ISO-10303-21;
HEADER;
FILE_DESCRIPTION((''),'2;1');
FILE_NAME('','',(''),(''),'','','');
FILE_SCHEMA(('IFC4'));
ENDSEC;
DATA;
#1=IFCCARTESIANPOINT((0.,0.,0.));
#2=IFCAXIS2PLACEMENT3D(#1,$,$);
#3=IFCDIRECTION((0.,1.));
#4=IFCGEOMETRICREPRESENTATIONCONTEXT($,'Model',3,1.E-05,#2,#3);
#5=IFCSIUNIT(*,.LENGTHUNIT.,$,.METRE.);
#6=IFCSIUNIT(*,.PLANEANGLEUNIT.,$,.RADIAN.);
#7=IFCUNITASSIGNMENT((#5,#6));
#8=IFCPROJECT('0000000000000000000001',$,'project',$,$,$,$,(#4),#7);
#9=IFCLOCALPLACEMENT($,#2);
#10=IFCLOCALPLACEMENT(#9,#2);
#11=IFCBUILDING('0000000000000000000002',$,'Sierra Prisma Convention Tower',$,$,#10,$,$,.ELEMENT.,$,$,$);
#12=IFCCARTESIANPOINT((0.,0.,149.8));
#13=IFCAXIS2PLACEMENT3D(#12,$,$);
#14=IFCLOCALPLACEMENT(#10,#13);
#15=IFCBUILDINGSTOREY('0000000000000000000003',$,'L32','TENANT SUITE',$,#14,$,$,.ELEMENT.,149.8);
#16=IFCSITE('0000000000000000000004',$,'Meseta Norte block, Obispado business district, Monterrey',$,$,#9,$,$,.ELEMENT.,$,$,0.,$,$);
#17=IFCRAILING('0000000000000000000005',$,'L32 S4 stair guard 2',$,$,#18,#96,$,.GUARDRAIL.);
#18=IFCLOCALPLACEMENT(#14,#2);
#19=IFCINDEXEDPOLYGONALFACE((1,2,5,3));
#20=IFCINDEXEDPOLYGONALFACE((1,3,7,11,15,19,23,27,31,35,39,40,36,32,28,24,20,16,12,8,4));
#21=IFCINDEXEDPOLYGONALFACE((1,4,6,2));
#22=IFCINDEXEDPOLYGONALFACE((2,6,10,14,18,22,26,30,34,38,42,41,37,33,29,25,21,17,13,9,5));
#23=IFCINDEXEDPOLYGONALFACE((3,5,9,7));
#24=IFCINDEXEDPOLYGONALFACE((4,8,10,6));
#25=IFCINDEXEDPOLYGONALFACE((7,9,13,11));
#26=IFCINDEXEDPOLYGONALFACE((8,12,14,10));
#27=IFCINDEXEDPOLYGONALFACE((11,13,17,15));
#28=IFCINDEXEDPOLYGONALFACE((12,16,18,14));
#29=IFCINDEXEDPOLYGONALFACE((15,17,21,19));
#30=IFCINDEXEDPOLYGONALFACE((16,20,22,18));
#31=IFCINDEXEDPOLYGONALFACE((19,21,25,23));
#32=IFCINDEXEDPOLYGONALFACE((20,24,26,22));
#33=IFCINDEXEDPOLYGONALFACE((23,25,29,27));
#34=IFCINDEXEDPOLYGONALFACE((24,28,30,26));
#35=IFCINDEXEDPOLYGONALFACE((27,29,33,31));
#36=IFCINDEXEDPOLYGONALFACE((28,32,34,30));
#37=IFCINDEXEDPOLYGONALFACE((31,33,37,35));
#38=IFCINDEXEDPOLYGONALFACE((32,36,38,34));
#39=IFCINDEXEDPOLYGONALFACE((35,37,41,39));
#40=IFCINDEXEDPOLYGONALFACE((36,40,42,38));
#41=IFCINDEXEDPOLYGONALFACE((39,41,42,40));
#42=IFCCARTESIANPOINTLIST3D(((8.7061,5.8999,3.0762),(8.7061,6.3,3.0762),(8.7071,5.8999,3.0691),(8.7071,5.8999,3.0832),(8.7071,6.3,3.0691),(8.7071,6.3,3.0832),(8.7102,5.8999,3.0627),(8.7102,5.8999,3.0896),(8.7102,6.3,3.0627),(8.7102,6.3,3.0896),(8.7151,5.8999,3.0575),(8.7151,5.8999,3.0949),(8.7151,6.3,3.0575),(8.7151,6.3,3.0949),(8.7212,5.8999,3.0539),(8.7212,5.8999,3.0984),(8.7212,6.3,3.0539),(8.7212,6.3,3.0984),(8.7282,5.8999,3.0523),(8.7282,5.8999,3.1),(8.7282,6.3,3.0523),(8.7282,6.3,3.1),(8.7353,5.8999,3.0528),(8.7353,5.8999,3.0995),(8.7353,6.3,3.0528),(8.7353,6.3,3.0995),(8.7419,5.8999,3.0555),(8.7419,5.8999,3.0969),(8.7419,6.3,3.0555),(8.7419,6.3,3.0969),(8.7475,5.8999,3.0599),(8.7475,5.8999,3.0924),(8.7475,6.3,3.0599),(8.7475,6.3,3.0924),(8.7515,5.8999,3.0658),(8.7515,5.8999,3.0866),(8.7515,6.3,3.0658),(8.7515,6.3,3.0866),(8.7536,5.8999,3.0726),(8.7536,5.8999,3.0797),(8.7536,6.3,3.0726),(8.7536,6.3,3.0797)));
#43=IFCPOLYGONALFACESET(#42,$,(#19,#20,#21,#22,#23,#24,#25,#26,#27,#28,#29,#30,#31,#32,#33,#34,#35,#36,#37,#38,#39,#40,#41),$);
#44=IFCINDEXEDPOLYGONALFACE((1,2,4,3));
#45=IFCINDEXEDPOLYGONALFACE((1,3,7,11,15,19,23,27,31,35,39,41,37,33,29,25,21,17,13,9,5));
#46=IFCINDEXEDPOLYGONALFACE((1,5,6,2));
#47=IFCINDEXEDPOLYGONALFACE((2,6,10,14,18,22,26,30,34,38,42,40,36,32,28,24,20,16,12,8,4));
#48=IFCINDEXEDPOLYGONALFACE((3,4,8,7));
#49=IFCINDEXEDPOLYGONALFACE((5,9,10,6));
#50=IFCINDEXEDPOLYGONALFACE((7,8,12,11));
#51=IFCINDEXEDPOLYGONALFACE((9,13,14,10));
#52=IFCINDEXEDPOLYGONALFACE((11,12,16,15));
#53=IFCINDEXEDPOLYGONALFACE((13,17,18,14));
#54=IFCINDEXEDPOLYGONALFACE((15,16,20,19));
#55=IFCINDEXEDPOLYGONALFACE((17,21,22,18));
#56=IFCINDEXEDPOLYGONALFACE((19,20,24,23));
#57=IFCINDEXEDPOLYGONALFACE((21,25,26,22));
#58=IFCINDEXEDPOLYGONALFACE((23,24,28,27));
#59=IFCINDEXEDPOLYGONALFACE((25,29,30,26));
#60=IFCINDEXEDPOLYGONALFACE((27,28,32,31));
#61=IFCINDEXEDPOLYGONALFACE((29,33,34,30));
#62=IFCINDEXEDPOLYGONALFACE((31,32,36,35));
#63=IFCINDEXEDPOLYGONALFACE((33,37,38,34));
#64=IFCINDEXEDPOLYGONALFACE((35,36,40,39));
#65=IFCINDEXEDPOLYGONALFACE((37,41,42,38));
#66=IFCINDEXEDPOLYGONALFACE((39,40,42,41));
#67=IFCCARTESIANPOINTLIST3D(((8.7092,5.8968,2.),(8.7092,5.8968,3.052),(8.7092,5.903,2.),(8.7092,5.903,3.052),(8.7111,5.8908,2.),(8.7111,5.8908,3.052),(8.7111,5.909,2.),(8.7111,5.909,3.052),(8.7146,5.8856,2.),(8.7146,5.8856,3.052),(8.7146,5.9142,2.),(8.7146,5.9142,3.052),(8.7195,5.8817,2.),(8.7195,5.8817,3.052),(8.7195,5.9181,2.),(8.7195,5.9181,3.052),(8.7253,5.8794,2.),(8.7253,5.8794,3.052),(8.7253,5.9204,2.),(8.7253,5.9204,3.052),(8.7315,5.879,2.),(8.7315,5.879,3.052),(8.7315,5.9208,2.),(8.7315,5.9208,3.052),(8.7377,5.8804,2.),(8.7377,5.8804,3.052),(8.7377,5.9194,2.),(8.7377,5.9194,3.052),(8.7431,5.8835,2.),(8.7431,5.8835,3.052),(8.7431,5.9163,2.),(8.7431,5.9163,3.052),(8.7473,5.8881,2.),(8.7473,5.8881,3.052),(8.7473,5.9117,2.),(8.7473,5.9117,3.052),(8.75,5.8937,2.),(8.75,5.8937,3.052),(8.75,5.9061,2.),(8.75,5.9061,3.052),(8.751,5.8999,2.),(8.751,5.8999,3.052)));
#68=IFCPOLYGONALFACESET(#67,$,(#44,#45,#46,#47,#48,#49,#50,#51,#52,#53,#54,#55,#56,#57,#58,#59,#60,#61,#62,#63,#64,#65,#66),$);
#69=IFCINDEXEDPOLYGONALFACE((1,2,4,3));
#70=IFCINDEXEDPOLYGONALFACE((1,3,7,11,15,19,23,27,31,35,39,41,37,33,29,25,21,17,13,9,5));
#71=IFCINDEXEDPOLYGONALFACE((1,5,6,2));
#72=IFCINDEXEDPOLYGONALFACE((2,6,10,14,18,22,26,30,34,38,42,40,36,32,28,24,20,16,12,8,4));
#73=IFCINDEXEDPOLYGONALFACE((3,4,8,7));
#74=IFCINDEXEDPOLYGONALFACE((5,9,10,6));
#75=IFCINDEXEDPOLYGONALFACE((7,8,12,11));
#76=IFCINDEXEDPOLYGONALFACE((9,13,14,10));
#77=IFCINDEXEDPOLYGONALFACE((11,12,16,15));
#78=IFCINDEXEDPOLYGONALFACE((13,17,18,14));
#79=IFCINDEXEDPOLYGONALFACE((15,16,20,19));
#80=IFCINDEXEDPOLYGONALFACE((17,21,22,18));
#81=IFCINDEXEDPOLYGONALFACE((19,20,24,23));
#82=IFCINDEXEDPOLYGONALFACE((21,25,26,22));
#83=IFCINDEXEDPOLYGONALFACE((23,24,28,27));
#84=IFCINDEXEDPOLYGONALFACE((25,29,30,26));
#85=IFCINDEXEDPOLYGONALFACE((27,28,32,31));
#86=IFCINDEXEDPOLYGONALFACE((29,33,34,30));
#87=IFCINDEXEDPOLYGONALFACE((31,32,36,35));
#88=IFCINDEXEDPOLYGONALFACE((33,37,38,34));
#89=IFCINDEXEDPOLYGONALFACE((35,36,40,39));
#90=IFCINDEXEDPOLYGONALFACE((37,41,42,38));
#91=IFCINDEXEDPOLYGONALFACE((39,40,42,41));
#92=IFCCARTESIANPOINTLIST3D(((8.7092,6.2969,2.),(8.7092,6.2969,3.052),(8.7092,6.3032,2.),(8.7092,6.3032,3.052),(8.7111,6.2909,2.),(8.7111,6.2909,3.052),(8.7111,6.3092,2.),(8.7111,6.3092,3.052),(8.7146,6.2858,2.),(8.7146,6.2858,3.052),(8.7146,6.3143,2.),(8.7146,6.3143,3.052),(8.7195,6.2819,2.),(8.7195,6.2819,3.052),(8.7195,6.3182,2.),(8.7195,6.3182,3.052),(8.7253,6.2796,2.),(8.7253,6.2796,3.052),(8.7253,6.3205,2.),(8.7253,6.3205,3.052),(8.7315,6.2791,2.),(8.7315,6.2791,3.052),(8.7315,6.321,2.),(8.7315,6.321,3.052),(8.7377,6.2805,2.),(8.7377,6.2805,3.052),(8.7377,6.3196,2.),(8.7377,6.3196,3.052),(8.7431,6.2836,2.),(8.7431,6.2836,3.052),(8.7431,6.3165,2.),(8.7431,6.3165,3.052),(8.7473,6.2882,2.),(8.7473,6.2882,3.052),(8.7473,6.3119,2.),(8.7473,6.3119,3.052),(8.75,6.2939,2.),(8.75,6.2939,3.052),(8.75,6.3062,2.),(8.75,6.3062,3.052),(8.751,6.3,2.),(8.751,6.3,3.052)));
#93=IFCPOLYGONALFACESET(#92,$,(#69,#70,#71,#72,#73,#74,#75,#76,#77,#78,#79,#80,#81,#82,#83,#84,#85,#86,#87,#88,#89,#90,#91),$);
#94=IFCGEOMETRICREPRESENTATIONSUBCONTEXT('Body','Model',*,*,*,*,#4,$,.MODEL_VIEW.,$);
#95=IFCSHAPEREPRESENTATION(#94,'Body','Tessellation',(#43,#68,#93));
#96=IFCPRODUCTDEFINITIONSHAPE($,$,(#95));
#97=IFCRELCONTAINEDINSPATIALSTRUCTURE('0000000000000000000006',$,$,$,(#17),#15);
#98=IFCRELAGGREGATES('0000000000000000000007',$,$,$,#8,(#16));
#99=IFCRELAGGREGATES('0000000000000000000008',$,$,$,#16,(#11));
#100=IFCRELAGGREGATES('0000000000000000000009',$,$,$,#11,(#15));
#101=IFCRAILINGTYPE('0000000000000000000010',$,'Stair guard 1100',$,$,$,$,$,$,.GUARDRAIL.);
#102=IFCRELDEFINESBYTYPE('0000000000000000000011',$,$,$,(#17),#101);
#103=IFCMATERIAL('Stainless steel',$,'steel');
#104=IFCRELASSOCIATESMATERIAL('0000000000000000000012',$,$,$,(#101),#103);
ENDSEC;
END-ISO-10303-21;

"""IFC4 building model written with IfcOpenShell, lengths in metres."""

from ifc_helpers import new_model, si_unit, direction, frame, origin, origin_2d, place, context, subcontext, project, spatial, circle, extrude, material, type_object, element, save


model = new_model("IFC4")

# Units and contexts
model_context = context("Model", 3, precision=1e-05, world=origin(), true_north=direction((0.0, 1.0)))
body_context = subcontext(model_context, "Body", "Model", "MODEL_VIEW")
ifc_project = project(units=[si_unit("LENGTHUNIT", "METRE"), si_unit("PLANEANGLEUNIT", "RADIAN")], contexts=[model_context])

# Site, building, storey
site_placement = place(None, origin())
site = spatial("IfcSite", under=ifc_project, at=site_placement, Name="Meseta Norte block, Obispado business district, Monterrey", CompositionType="ELEMENT", RefElevation=0.0)
building_placement = place(site_placement, origin())
building = spatial("IfcBuilding", under=site, at=building_placement, Name="Sierra Prisma Convention Tower", CompositionType="ELEMENT")
storey_placement = place(building_placement, frame((0.0, 0.0, 149.8)))
storey = spatial("IfcBuildingStorey", under=building, at=storey_placement, Name="L32", Description="TENANT SUITE", CompositionType="ELEMENT", Elevation=149.8)

# Railing
ifc_material_1 = material(Name="Stainless steel", Category="steel")
railing_type_1 = type_object("IfcRailingType", Name="Stair guard 1100", PredefinedType="GUARDRAIL", material=ifc_material_1)
railing_1_placement = place(storey_placement, frame((8.73, 5.8999, 2.0)))
element("IfcRailing", 1, at=railing_1_placement, inside=storey, type_object=railing_type_1, Name="L32 S4 stair guard 2", PredefinedType="GUARDRAIL", context=body_context, shape_type="SweptSolid", body=[
    extrude(circle(Radius=0.0239, at=origin_2d()), frame((0.0, 0.0, 1.0762), z_axis=(0.0, 1.0, 0.0), x_axis=(-1.0, 0.0, 0.0)), (0.0, 0.0, 1.0), 0.4001),
    extrude(circle(Radius=0.021, at=origin_2d()), origin(), (0.0, 0.0, 1.0), 1.052),
    extrude(circle(Radius=0.021, at=origin_2d()), frame((0.0, 0.4001, 0.0)), (0.0, 0.0, 1.0), 1.052),
])

save(model, "model.ifc")
